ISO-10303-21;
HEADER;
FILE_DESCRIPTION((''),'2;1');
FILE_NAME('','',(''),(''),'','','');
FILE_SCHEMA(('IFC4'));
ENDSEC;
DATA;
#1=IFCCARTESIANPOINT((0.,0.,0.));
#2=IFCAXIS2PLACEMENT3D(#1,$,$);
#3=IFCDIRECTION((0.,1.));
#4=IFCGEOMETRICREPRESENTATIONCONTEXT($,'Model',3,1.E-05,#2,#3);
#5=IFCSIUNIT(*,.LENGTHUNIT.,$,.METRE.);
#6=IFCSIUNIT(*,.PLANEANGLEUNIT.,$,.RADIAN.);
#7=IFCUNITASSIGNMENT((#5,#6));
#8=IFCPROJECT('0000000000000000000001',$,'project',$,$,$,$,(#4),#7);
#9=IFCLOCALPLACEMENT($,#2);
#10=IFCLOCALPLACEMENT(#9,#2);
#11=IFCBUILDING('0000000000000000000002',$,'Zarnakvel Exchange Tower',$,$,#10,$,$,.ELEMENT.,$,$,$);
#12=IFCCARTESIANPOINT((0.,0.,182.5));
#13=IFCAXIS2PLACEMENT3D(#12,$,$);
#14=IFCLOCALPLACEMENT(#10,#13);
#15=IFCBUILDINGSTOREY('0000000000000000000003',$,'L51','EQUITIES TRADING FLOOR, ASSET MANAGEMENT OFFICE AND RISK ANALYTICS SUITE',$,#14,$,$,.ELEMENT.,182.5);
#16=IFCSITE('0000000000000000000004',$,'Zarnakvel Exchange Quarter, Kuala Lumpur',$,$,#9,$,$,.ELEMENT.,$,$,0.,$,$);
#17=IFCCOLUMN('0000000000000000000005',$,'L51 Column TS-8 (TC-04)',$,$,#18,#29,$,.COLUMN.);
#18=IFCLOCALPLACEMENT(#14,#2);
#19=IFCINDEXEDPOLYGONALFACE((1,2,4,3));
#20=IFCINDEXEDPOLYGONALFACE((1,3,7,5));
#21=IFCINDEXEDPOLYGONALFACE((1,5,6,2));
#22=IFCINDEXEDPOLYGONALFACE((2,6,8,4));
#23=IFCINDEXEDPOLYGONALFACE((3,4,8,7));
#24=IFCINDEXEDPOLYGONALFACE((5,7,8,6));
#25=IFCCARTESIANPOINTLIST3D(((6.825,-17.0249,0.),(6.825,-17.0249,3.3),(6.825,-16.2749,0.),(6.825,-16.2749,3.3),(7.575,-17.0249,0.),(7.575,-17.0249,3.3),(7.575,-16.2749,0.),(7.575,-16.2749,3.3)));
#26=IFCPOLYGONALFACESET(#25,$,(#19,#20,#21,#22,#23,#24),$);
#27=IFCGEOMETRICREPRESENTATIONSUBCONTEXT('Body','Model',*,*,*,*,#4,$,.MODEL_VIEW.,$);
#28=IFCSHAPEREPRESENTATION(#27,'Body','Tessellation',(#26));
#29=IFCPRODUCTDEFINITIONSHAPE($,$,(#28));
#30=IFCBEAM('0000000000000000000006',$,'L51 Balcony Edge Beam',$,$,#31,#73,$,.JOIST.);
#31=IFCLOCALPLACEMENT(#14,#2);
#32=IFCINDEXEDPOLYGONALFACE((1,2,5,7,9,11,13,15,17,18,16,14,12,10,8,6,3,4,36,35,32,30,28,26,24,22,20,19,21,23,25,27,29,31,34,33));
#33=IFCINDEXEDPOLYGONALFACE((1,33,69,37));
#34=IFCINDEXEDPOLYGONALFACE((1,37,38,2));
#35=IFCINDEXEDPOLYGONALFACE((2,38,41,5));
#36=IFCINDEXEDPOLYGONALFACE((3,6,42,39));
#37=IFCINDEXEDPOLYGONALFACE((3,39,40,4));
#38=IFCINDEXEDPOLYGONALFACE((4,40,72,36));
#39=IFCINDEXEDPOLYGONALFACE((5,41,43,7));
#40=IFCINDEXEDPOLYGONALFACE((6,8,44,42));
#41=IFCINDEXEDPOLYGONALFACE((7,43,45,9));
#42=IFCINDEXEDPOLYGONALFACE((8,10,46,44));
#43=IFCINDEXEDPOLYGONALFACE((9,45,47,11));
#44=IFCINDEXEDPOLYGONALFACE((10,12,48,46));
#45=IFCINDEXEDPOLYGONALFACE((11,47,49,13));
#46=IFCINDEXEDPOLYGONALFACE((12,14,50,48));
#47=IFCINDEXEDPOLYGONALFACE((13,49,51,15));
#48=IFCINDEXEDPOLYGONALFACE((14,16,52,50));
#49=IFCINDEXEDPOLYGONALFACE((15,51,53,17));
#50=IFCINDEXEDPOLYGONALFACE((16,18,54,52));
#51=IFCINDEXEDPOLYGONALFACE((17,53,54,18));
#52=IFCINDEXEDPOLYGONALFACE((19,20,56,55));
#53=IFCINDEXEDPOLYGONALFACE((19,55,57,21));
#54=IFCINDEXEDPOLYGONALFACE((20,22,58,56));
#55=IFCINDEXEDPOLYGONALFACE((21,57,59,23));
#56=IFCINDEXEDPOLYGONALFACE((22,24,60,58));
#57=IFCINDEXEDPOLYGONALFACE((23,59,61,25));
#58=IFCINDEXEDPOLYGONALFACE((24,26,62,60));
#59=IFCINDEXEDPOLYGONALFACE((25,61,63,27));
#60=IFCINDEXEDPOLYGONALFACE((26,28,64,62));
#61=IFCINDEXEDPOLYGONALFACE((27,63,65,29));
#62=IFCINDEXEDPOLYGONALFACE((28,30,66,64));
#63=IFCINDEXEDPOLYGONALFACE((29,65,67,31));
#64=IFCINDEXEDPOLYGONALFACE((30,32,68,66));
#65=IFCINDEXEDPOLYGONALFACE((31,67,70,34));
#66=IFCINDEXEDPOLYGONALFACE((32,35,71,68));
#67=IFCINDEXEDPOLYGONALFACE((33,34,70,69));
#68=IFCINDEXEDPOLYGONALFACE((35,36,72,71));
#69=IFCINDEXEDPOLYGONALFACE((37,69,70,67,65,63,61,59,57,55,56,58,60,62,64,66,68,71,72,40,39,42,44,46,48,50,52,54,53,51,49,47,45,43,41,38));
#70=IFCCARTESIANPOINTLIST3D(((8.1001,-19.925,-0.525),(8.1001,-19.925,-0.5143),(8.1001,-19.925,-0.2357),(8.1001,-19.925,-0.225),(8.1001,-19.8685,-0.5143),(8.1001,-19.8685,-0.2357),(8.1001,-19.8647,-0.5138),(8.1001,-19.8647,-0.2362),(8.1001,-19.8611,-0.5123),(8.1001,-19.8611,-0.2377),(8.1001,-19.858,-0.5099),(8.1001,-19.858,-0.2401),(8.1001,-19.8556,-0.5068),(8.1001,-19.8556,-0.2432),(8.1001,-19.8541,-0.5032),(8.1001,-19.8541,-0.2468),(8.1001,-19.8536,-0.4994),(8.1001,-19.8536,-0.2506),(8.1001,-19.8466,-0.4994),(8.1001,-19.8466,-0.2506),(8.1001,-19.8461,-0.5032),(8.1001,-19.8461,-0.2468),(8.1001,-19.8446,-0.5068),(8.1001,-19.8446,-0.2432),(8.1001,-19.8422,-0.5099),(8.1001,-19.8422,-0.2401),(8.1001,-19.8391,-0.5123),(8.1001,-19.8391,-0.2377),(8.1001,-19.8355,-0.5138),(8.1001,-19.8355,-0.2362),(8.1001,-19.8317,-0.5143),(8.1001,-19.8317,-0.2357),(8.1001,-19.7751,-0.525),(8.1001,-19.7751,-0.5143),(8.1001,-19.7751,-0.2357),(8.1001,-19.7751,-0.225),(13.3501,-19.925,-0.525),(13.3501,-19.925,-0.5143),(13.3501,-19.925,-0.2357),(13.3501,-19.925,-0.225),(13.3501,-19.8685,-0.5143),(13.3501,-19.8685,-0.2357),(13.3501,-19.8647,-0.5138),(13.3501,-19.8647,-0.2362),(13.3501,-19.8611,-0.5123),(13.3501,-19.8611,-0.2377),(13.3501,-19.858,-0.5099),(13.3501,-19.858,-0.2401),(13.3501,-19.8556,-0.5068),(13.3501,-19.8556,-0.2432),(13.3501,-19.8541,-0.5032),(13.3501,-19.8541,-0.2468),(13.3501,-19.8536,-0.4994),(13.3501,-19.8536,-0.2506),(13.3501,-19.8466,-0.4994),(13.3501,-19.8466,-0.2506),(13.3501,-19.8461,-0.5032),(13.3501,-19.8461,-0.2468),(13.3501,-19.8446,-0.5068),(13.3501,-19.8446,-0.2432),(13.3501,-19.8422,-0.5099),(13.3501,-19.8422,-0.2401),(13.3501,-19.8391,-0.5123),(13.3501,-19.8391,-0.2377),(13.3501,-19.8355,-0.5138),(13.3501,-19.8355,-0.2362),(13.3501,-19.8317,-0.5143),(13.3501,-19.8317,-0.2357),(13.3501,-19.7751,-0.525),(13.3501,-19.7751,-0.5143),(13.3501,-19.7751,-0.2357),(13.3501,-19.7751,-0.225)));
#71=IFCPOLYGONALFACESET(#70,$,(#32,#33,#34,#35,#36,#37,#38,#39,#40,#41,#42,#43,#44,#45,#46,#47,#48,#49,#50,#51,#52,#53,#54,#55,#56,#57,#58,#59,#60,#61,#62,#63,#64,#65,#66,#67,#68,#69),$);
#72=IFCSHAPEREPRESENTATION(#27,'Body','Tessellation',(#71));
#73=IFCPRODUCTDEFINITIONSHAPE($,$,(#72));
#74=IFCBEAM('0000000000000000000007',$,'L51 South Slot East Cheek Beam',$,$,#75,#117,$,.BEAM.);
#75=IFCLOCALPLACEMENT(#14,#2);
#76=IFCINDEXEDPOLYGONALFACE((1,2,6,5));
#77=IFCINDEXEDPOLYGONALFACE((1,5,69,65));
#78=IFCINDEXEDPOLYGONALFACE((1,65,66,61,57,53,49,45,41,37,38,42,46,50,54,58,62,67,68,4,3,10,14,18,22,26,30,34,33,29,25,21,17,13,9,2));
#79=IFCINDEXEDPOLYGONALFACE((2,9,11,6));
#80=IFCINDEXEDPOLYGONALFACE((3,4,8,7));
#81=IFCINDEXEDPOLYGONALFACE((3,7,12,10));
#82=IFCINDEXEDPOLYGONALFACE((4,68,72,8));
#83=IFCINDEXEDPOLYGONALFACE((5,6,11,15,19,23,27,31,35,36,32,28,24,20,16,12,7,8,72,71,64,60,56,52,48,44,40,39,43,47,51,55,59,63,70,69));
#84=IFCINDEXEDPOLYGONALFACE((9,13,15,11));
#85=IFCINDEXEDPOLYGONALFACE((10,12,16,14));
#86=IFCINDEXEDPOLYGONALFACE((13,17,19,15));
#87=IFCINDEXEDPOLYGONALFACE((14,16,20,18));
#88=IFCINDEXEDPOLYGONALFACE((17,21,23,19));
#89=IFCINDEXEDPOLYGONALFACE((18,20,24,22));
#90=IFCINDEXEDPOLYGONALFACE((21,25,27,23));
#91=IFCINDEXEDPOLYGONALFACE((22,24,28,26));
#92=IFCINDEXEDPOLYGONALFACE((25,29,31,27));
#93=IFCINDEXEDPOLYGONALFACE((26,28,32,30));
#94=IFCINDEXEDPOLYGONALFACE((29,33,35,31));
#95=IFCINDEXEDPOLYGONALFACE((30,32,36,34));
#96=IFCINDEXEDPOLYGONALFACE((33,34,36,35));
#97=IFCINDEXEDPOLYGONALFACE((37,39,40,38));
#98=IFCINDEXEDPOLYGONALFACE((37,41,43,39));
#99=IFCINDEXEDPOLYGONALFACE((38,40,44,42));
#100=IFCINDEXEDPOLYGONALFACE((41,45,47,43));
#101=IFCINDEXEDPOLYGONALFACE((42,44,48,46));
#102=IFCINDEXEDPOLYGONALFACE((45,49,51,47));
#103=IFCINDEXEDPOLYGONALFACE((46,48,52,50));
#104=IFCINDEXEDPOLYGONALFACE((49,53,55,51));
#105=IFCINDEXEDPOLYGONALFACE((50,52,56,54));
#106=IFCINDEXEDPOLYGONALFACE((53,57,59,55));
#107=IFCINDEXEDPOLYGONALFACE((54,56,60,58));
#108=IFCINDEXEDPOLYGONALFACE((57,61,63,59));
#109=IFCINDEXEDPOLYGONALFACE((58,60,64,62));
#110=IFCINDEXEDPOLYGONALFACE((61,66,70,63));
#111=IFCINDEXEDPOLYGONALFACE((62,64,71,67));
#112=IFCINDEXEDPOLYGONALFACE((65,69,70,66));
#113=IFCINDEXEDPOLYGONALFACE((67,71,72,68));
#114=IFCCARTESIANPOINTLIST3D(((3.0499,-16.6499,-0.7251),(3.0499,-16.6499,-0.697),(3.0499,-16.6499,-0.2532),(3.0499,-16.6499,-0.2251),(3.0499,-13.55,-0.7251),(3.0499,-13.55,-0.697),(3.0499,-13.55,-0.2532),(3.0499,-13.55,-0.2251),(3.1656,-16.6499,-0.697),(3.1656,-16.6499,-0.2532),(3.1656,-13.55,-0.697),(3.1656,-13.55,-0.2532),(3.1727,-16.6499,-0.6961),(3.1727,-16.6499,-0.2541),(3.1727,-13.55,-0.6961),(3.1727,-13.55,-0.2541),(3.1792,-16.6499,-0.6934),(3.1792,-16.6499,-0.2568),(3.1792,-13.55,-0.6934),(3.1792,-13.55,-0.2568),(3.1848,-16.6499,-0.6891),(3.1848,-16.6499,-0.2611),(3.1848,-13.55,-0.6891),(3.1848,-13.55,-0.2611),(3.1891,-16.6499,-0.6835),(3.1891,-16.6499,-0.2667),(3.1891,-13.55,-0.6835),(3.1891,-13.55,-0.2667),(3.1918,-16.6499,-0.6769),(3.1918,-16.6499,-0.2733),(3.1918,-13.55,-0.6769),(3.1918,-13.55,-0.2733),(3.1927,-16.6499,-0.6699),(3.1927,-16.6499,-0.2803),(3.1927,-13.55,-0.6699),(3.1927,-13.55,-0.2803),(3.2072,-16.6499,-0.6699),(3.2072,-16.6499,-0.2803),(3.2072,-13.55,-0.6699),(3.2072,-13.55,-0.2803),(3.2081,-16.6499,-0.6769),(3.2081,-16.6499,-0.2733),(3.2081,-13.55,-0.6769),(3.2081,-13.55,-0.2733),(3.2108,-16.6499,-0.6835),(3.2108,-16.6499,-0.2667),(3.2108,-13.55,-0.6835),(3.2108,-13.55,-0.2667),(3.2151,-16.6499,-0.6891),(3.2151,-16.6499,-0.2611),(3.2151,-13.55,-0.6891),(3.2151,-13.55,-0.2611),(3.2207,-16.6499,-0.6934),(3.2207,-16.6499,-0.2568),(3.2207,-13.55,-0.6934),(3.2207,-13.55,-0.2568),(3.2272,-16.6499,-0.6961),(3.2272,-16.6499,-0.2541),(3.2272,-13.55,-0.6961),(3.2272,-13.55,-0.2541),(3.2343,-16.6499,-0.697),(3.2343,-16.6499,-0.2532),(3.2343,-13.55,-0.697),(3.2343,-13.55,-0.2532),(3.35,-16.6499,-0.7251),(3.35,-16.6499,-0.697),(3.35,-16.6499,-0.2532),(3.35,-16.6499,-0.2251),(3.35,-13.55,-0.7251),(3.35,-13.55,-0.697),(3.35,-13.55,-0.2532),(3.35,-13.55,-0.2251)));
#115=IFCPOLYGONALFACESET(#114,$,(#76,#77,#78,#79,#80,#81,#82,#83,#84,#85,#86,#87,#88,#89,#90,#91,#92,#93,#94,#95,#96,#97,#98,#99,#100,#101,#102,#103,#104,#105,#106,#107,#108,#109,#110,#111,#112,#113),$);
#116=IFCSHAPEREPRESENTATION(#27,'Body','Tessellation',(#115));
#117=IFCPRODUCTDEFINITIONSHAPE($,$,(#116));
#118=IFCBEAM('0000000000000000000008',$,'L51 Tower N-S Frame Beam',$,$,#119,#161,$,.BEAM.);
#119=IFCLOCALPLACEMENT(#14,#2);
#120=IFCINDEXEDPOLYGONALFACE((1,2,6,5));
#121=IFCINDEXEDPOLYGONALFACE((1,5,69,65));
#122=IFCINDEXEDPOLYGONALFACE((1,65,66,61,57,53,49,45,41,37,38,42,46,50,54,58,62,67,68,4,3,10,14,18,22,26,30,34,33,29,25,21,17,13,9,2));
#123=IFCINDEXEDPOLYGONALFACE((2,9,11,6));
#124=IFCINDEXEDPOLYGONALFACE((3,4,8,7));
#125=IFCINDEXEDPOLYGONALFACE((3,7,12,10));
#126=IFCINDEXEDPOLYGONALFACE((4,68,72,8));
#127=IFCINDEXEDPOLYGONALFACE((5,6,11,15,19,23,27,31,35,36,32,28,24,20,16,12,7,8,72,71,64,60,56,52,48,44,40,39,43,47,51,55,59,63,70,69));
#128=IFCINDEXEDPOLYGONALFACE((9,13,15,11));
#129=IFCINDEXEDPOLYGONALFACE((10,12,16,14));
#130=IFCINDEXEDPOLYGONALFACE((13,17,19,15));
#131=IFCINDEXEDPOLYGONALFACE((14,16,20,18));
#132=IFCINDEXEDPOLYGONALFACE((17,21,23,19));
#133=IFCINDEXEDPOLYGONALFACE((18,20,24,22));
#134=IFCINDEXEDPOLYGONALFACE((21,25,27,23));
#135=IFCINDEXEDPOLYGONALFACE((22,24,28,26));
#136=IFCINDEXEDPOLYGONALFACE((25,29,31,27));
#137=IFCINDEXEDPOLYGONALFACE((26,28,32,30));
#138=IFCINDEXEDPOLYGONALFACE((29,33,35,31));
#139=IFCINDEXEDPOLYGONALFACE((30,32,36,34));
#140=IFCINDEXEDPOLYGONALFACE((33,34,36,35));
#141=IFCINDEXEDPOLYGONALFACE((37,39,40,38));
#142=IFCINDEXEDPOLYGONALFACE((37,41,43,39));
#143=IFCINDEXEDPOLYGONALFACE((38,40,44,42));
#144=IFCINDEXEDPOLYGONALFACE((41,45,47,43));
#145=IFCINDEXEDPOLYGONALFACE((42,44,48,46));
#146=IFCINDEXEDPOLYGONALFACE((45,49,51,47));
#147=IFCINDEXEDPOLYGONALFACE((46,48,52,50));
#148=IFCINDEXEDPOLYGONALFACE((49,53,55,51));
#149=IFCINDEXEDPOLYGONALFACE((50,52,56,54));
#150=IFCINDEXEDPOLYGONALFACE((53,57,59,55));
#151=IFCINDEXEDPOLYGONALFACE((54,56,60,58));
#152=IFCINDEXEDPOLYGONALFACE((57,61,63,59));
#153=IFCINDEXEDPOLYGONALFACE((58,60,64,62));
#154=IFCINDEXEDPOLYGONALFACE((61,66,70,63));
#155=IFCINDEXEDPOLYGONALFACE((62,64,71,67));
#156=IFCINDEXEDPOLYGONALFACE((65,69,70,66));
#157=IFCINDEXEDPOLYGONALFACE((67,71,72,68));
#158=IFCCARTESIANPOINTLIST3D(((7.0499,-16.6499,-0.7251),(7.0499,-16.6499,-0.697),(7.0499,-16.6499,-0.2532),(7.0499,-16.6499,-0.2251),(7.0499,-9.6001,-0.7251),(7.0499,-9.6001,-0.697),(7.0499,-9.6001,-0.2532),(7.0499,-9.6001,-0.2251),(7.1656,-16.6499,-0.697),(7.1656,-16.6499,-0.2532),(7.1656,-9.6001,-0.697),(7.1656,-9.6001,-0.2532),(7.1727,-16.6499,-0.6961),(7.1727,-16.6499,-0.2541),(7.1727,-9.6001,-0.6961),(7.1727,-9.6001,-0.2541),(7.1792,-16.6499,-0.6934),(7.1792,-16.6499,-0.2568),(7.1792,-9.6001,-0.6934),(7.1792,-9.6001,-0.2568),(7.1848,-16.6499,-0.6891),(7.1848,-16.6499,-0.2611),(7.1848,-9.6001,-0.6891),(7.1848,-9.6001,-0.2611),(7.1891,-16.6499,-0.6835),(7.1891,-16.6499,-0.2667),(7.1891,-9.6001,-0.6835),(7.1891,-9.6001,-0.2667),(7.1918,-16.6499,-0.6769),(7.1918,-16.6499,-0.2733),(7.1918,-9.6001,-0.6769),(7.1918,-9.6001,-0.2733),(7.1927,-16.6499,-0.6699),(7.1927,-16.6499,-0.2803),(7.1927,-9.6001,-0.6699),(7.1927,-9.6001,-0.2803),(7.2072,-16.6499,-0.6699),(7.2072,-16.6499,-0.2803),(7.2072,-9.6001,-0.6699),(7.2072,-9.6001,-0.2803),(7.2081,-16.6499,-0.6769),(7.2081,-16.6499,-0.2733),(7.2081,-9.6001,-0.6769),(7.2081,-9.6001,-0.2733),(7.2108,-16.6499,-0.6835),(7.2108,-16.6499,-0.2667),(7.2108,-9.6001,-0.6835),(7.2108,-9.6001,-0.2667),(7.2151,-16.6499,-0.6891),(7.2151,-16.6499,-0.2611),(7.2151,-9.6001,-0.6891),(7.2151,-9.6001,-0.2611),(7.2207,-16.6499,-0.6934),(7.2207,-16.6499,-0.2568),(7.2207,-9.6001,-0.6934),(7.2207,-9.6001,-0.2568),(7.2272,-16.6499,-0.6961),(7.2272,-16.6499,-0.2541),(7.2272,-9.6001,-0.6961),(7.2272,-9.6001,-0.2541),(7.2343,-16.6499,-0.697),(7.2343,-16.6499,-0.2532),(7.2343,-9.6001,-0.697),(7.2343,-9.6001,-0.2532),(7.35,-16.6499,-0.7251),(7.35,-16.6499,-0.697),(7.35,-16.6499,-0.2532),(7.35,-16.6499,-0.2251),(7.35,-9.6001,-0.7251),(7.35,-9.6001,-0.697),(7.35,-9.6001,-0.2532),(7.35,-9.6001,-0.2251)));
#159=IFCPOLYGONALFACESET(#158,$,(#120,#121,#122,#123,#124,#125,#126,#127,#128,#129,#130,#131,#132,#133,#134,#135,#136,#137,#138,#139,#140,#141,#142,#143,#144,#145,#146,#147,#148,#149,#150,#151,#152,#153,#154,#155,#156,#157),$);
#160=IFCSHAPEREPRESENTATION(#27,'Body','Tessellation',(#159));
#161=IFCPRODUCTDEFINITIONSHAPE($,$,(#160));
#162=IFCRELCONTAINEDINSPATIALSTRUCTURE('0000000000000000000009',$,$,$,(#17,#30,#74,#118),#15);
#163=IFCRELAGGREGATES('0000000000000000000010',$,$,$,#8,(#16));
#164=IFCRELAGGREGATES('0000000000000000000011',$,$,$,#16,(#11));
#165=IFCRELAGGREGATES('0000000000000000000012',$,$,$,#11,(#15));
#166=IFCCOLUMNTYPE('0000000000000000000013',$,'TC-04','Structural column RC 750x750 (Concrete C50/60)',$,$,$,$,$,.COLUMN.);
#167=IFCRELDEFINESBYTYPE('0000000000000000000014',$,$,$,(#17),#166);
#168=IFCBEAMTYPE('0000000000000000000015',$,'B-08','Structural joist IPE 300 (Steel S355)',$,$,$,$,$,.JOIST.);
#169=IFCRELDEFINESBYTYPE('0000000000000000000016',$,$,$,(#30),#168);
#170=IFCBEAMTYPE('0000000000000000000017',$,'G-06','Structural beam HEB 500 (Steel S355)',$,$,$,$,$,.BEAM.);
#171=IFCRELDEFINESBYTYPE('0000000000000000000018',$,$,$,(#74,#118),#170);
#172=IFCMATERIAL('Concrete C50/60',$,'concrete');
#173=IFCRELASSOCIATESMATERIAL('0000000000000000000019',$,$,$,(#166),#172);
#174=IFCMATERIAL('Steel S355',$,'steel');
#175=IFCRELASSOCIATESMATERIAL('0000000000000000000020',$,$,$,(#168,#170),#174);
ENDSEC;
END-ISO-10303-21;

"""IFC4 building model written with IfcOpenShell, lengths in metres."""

from ifc_helpers import new_model, si_unit, direction, frame, origin, origin_2d, place, context, subcontext, project, spatial, rectangle, i_section, extrude, material, material_profile, profile_set, type_object, element, save


model = new_model("IFC4")

# Units and contexts
model_context = context("Model", 3, precision=1e-05, world=origin(), true_north=direction((0.0, 1.0)))
body_context = subcontext(model_context, "Body", "Model", "MODEL_VIEW")
ifc_project = project(units=[si_unit("LENGTHUNIT", "METRE"), si_unit("PLANEANGLEUNIT", "RADIAN")], contexts=[model_context])

# Site, building, storey
site_placement = place(None, origin())
site = spatial("IfcSite", under=ifc_project, at=site_placement, Name="Zarnakvel Exchange Quarter, Kuala Lumpur", CompositionType="ELEMENT", RefElevation=0.0)
building_placement = place(site_placement, origin())
building = spatial("IfcBuilding", under=site, at=building_placement, Name="Zarnakvel Exchange Tower", CompositionType="ELEMENT")
storey_placement = place(building_placement, frame((0.0, 0.0, 182.5)))
storey = spatial("IfcBuildingStorey", under=building, at=storey_placement, Name="L51", Description="EQUITIES TRADING FLOOR, ASSET MANAGEMENT OFFICE AND RISK ANALYTICS SUITE", CompositionType="ELEMENT", Elevation=182.5)

# Column
ifc_material_1 = material(Name="Concrete C50/60", Category="concrete")
ifc_material_profile_1 = material_profile(ifc_material_1, rectangle(XDim=0.75, YDim=0.75, at=origin_2d()))
ifc_profile_set_1 = profile_set([ifc_material_profile_1], Name="Concrete C50/60")
column_type = type_object("IfcColumnType", Name="TC-04", Description="Structural column RC 750x750 (Concrete C50/60)", PredefinedType="COLUMN", material=ifc_profile_set_1)
column_placement = place(storey_placement, frame((7.2, -16.6499, 0.0), z_axis=(0.0, 0.0, 1.0), x_axis=(1.0, 0.0, 0.0)))
element("IfcColumn", 1, at=column_placement, inside=storey, type_object=column_type, Name="L51 Column TS-8 (TC-04)", PredefinedType="COLUMN", context=body_context, shape_type="SweptSolid", body=[
    extrude(rectangle(XDim=0.75, YDim=0.75, at=origin_2d()), origin(), (0.0, 0.0, 1.0), 3.3),
])

# Beams
ifc_material_2 = material(Name="Steel S355", Category="steel")
ifc_material_profile_2 = material_profile(ifc_material_2, i_section(OverallWidth=0.1499, OverallDepth=0.3, WebThickness=0.0071, FlangeThickness=0.0107, FilletRadius=0.0149, at=origin_2d()))
ifc_profile_set_2 = profile_set([ifc_material_profile_2], Name="Steel S355")
beam_type_1 = type_object("IfcBeamType", Name="B-08", Description="Structural joist IPE 300 (Steel S355)", PredefinedType="JOIST", material=ifc_profile_set_2)
beam_1_placement = place(storey_placement, frame((8.1001, -19.8501, -0.375), z_axis=(1.0, 0.0, 0.0), x_axis=(0.0, 1.0, 0.0)))
element("IfcBeam", 2, at=beam_1_placement, inside=storey, type_object=beam_type_1, Name="L51 Balcony Edge Beam", PredefinedType="JOIST", context=body_context, shape_type="SweptSolid", body=[
    extrude(i_section(OverallWidth=0.1499, OverallDepth=0.3, WebThickness=0.0071, FlangeThickness=0.0107, FilletRadius=0.0149, at=origin_2d()), origin(), (0.0, 0.0, 1.0), 5.25),
])
ifc_material_profile_3 = material_profile(ifc_material_2, i_section(OverallWidth=0.3, OverallDepth=0.5, WebThickness=0.0144, FlangeThickness=0.0281, FilletRadius=0.0271, at=origin_2d()))
ifc_profile_set_3 = profile_set([ifc_material_profile_3], Name="Steel S355")
beam_type_2 = type_object("IfcBeamType", Name="G-06", Description="Structural beam HEB 500 (Steel S355)", PredefinedType="BEAM", material=ifc_profile_set_3)
beam_2_placement = place(storey_placement, frame((3.2, -16.6499, -0.4751), z_axis=(0.0, 1.0, 0.0), x_axis=(-1.0, 0.0, 0.0)))
element("IfcBeam", 3, at=beam_2_placement, inside=storey, type_object=beam_type_2, Name="L51 South Slot East Cheek Beam", PredefinedType="BEAM", context=body_context, shape_type="SweptSolid", body=[
    extrude(i_section(OverallWidth=0.3, OverallDepth=0.5, WebThickness=0.0144, FlangeThickness=0.0281, FilletRadius=0.0271, at=origin_2d()), origin(), (0.0, 0.0, 1.0), 3.0999),
])
beam_3_placement = place(storey_placement, frame((7.2, -16.6499, -0.4751), z_axis=(0.0, 1.0, 0.0), x_axis=(-1.0, 0.0, 0.0)))
element("IfcBeam", 4, at=beam_3_placement, inside=storey, type_object=beam_type_2, Name="L51 Tower N-S Frame Beam", PredefinedType="BEAM", context=body_context, shape_type="SweptSolid", body=[
    extrude(i_section(OverallWidth=0.3, OverallDepth=0.5, WebThickness=0.0144, FlangeThickness=0.0281, FilletRadius=0.0271, at=origin_2d()), origin(), (0.0, 0.0, 1.0), 7.0498),
])

save(model, "model.ifc")
